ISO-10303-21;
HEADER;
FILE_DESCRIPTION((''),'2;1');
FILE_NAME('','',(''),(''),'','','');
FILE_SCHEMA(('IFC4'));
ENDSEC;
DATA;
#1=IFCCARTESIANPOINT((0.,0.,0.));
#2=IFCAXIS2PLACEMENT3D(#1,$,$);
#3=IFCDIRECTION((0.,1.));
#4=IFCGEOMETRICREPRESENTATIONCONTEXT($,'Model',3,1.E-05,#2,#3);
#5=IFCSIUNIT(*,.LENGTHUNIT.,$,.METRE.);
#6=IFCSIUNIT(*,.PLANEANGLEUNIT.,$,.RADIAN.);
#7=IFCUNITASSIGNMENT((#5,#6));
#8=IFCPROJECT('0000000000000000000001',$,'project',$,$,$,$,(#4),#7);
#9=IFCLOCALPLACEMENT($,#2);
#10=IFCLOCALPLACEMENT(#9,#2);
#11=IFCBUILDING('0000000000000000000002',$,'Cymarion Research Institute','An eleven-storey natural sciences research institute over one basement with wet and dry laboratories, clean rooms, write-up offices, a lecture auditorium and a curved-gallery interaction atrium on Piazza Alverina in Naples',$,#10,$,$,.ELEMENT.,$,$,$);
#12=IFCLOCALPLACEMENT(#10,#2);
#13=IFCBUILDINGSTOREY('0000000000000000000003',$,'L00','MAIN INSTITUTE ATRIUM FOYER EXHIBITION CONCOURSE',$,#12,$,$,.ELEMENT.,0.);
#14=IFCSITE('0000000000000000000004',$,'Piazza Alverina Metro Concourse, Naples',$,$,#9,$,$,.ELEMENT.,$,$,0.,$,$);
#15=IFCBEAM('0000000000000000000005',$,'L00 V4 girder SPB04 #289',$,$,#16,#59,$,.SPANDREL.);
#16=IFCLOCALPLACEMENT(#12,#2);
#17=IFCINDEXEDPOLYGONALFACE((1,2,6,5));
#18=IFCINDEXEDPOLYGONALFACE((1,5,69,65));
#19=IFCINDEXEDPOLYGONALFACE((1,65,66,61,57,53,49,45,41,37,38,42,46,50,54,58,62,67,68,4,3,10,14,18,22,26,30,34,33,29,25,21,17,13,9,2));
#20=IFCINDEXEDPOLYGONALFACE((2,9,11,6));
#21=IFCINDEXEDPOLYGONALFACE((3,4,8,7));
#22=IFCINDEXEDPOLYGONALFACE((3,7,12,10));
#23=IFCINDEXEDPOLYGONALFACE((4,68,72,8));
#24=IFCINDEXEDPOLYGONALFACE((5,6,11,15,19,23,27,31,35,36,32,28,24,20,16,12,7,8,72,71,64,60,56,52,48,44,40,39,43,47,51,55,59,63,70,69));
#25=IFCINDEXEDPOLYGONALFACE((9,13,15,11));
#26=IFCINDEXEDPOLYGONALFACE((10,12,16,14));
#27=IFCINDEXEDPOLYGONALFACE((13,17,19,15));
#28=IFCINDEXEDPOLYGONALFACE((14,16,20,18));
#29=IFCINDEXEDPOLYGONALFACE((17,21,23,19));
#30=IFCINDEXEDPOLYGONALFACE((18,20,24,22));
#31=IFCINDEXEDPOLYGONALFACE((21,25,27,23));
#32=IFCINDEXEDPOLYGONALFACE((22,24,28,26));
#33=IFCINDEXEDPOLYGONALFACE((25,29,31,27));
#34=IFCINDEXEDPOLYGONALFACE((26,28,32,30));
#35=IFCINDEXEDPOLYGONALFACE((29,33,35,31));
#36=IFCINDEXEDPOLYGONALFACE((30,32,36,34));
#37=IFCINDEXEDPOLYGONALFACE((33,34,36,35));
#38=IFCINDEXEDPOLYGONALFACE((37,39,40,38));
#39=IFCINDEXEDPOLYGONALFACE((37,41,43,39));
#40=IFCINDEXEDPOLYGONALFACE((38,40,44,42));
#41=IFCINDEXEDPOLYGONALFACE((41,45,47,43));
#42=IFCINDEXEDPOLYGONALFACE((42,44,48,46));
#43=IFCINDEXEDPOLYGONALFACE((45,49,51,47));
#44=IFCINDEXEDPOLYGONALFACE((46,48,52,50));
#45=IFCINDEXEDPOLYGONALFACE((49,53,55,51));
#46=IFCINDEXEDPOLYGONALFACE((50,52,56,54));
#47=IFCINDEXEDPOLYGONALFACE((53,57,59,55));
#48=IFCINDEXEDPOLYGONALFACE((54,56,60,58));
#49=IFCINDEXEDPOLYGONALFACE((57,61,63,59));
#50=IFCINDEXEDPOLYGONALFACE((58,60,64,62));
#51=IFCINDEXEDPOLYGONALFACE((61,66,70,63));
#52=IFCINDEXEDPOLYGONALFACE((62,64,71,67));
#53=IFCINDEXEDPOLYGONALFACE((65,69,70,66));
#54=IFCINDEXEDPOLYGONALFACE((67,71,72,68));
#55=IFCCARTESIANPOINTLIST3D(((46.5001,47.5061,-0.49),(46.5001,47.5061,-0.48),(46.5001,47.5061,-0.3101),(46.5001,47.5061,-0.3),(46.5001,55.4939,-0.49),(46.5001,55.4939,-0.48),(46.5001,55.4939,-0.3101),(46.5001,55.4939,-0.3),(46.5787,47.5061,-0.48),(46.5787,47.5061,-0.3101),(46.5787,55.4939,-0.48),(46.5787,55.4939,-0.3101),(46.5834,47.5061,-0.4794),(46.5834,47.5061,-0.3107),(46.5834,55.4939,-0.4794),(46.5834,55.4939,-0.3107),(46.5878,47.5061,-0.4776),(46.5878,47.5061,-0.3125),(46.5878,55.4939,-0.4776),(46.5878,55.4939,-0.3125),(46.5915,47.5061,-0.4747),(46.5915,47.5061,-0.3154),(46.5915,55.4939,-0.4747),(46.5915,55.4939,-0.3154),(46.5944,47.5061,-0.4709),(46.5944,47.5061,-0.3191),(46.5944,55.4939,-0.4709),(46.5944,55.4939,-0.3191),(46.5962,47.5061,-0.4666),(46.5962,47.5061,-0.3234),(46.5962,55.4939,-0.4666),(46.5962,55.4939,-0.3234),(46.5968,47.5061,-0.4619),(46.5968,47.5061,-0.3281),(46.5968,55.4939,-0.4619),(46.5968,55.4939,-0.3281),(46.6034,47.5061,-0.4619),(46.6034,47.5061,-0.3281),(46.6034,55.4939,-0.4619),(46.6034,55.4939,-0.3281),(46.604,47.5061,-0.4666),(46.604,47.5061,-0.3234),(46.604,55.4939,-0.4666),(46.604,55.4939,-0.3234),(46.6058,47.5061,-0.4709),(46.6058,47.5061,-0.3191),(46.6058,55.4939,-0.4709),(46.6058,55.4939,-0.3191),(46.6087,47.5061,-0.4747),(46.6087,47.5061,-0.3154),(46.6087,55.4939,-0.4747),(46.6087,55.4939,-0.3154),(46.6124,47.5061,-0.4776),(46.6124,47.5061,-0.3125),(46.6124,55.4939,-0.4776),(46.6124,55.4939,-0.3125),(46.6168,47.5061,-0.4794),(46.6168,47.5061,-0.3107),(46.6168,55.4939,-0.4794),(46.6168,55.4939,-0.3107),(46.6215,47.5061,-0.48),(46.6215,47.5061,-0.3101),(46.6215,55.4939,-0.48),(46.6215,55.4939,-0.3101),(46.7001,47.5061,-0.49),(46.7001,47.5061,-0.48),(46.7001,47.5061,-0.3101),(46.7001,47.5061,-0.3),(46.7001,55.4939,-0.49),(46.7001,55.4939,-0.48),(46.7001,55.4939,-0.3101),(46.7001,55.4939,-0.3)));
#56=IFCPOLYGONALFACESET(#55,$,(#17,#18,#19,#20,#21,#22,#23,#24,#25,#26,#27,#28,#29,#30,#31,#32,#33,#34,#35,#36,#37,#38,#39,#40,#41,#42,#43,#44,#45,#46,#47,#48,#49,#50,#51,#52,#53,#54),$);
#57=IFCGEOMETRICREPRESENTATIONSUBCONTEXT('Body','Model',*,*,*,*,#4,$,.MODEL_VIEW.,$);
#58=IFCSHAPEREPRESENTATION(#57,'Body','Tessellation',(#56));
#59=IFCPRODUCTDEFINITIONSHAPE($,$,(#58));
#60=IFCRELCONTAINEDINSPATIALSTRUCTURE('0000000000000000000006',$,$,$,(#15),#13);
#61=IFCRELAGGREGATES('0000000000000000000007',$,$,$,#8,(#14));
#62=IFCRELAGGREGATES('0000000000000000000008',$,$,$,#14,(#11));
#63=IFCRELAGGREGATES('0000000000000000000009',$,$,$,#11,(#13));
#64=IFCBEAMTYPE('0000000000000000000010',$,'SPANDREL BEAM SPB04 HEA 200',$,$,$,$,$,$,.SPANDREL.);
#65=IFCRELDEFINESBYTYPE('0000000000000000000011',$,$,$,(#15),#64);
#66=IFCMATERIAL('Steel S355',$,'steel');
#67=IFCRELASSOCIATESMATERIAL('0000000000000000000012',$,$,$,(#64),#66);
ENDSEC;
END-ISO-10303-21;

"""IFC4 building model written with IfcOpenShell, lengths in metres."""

from ifc_helpers import new_model, si_unit, direction, frame, origin, origin_2d, place, context, subcontext, project, spatial, i_section, extrude, material, material_profile, profile_set, type_object, element, save


model = new_model("IFC4")

# Units and contexts
model_context = context("Model", 3, precision=1e-05, world=origin(), true_north=direction((0.0, 1.0)))
body_context = subcontext(model_context, "Body", "Model", "MODEL_VIEW")
ifc_project = project(units=[si_unit("LENGTHUNIT", "METRE"), si_unit("PLANEANGLEUNIT", "RADIAN")], contexts=[model_context])

# Site, building, storey
site_placement = place(None, origin())
site = spatial("IfcSite", under=ifc_project, at=site_placement, Name="Piazza Alverina Metro Concourse, Naples", CompositionType="ELEMENT", RefElevation=0.0)
building_placement = place(site_placement, origin())
building = spatial("IfcBuilding", under=site, at=building_placement, Name="Cymarion Research Institute", Description="An eleven-storey natural sciences research institute over one basement with wet and dry laboratories, clean rooms, write-up offices, a lecture auditorium and a curved-gallery interaction atrium on Piazza Alverina in Naples", CompositionType="ELEMENT")
storey_placement = place(building_placement, origin())
storey = spatial("IfcBuildingStorey", under=building, at=storey_placement, Name="L00", Description="MAIN INSTITUTE ATRIUM FOYER EXHIBITION CONCOURSE", CompositionType="ELEMENT", Elevation=0.0)

# Shared definitions
ifc_material_1 = material(Name="Steel S355", Category="steel")

# Beam
ifc_material_profile_1 = material_profile(ifc_material_1, i_section(OverallWidth=0.2, OverallDepth=0.1899, WebThickness=0.0066, FlangeThickness=0.01, FilletRadius=0.0181, at=origin_2d()), Name="HEA 200")
ifc_profile_set_1 = profile_set([ifc_material_profile_1], Name="Steel S355")
beam_type_1 = type_object("IfcBeamType", Name="SPANDREL BEAM SPB04 HEA 200", PredefinedType="SPANDREL", material=ifc_profile_set_1)
beam_1_placement = place(storey_placement, frame((46.6001, 47.5061, -0.395), z_axis=(0.0, 1.0, 0.0), x_axis=(-1.0, 0.0, 0.0)))
element("IfcBeam", 1, at=beam_1_placement, inside=storey, type_object=beam_type_1, Name="L00 V4 girder SPB04 #289", PredefinedType="SPANDREL", context=body_context, shape_type="SweptSolid", body=[
    extrude(i_section(OverallWidth=0.2, OverallDepth=0.1899, WebThickness=0.0066, FlangeThickness=0.01, FilletRadius=0.0181, at=origin_2d()), origin(), (0.0, 0.0, 1.0), 7.9878),
])

save(model, "model.ifc")
